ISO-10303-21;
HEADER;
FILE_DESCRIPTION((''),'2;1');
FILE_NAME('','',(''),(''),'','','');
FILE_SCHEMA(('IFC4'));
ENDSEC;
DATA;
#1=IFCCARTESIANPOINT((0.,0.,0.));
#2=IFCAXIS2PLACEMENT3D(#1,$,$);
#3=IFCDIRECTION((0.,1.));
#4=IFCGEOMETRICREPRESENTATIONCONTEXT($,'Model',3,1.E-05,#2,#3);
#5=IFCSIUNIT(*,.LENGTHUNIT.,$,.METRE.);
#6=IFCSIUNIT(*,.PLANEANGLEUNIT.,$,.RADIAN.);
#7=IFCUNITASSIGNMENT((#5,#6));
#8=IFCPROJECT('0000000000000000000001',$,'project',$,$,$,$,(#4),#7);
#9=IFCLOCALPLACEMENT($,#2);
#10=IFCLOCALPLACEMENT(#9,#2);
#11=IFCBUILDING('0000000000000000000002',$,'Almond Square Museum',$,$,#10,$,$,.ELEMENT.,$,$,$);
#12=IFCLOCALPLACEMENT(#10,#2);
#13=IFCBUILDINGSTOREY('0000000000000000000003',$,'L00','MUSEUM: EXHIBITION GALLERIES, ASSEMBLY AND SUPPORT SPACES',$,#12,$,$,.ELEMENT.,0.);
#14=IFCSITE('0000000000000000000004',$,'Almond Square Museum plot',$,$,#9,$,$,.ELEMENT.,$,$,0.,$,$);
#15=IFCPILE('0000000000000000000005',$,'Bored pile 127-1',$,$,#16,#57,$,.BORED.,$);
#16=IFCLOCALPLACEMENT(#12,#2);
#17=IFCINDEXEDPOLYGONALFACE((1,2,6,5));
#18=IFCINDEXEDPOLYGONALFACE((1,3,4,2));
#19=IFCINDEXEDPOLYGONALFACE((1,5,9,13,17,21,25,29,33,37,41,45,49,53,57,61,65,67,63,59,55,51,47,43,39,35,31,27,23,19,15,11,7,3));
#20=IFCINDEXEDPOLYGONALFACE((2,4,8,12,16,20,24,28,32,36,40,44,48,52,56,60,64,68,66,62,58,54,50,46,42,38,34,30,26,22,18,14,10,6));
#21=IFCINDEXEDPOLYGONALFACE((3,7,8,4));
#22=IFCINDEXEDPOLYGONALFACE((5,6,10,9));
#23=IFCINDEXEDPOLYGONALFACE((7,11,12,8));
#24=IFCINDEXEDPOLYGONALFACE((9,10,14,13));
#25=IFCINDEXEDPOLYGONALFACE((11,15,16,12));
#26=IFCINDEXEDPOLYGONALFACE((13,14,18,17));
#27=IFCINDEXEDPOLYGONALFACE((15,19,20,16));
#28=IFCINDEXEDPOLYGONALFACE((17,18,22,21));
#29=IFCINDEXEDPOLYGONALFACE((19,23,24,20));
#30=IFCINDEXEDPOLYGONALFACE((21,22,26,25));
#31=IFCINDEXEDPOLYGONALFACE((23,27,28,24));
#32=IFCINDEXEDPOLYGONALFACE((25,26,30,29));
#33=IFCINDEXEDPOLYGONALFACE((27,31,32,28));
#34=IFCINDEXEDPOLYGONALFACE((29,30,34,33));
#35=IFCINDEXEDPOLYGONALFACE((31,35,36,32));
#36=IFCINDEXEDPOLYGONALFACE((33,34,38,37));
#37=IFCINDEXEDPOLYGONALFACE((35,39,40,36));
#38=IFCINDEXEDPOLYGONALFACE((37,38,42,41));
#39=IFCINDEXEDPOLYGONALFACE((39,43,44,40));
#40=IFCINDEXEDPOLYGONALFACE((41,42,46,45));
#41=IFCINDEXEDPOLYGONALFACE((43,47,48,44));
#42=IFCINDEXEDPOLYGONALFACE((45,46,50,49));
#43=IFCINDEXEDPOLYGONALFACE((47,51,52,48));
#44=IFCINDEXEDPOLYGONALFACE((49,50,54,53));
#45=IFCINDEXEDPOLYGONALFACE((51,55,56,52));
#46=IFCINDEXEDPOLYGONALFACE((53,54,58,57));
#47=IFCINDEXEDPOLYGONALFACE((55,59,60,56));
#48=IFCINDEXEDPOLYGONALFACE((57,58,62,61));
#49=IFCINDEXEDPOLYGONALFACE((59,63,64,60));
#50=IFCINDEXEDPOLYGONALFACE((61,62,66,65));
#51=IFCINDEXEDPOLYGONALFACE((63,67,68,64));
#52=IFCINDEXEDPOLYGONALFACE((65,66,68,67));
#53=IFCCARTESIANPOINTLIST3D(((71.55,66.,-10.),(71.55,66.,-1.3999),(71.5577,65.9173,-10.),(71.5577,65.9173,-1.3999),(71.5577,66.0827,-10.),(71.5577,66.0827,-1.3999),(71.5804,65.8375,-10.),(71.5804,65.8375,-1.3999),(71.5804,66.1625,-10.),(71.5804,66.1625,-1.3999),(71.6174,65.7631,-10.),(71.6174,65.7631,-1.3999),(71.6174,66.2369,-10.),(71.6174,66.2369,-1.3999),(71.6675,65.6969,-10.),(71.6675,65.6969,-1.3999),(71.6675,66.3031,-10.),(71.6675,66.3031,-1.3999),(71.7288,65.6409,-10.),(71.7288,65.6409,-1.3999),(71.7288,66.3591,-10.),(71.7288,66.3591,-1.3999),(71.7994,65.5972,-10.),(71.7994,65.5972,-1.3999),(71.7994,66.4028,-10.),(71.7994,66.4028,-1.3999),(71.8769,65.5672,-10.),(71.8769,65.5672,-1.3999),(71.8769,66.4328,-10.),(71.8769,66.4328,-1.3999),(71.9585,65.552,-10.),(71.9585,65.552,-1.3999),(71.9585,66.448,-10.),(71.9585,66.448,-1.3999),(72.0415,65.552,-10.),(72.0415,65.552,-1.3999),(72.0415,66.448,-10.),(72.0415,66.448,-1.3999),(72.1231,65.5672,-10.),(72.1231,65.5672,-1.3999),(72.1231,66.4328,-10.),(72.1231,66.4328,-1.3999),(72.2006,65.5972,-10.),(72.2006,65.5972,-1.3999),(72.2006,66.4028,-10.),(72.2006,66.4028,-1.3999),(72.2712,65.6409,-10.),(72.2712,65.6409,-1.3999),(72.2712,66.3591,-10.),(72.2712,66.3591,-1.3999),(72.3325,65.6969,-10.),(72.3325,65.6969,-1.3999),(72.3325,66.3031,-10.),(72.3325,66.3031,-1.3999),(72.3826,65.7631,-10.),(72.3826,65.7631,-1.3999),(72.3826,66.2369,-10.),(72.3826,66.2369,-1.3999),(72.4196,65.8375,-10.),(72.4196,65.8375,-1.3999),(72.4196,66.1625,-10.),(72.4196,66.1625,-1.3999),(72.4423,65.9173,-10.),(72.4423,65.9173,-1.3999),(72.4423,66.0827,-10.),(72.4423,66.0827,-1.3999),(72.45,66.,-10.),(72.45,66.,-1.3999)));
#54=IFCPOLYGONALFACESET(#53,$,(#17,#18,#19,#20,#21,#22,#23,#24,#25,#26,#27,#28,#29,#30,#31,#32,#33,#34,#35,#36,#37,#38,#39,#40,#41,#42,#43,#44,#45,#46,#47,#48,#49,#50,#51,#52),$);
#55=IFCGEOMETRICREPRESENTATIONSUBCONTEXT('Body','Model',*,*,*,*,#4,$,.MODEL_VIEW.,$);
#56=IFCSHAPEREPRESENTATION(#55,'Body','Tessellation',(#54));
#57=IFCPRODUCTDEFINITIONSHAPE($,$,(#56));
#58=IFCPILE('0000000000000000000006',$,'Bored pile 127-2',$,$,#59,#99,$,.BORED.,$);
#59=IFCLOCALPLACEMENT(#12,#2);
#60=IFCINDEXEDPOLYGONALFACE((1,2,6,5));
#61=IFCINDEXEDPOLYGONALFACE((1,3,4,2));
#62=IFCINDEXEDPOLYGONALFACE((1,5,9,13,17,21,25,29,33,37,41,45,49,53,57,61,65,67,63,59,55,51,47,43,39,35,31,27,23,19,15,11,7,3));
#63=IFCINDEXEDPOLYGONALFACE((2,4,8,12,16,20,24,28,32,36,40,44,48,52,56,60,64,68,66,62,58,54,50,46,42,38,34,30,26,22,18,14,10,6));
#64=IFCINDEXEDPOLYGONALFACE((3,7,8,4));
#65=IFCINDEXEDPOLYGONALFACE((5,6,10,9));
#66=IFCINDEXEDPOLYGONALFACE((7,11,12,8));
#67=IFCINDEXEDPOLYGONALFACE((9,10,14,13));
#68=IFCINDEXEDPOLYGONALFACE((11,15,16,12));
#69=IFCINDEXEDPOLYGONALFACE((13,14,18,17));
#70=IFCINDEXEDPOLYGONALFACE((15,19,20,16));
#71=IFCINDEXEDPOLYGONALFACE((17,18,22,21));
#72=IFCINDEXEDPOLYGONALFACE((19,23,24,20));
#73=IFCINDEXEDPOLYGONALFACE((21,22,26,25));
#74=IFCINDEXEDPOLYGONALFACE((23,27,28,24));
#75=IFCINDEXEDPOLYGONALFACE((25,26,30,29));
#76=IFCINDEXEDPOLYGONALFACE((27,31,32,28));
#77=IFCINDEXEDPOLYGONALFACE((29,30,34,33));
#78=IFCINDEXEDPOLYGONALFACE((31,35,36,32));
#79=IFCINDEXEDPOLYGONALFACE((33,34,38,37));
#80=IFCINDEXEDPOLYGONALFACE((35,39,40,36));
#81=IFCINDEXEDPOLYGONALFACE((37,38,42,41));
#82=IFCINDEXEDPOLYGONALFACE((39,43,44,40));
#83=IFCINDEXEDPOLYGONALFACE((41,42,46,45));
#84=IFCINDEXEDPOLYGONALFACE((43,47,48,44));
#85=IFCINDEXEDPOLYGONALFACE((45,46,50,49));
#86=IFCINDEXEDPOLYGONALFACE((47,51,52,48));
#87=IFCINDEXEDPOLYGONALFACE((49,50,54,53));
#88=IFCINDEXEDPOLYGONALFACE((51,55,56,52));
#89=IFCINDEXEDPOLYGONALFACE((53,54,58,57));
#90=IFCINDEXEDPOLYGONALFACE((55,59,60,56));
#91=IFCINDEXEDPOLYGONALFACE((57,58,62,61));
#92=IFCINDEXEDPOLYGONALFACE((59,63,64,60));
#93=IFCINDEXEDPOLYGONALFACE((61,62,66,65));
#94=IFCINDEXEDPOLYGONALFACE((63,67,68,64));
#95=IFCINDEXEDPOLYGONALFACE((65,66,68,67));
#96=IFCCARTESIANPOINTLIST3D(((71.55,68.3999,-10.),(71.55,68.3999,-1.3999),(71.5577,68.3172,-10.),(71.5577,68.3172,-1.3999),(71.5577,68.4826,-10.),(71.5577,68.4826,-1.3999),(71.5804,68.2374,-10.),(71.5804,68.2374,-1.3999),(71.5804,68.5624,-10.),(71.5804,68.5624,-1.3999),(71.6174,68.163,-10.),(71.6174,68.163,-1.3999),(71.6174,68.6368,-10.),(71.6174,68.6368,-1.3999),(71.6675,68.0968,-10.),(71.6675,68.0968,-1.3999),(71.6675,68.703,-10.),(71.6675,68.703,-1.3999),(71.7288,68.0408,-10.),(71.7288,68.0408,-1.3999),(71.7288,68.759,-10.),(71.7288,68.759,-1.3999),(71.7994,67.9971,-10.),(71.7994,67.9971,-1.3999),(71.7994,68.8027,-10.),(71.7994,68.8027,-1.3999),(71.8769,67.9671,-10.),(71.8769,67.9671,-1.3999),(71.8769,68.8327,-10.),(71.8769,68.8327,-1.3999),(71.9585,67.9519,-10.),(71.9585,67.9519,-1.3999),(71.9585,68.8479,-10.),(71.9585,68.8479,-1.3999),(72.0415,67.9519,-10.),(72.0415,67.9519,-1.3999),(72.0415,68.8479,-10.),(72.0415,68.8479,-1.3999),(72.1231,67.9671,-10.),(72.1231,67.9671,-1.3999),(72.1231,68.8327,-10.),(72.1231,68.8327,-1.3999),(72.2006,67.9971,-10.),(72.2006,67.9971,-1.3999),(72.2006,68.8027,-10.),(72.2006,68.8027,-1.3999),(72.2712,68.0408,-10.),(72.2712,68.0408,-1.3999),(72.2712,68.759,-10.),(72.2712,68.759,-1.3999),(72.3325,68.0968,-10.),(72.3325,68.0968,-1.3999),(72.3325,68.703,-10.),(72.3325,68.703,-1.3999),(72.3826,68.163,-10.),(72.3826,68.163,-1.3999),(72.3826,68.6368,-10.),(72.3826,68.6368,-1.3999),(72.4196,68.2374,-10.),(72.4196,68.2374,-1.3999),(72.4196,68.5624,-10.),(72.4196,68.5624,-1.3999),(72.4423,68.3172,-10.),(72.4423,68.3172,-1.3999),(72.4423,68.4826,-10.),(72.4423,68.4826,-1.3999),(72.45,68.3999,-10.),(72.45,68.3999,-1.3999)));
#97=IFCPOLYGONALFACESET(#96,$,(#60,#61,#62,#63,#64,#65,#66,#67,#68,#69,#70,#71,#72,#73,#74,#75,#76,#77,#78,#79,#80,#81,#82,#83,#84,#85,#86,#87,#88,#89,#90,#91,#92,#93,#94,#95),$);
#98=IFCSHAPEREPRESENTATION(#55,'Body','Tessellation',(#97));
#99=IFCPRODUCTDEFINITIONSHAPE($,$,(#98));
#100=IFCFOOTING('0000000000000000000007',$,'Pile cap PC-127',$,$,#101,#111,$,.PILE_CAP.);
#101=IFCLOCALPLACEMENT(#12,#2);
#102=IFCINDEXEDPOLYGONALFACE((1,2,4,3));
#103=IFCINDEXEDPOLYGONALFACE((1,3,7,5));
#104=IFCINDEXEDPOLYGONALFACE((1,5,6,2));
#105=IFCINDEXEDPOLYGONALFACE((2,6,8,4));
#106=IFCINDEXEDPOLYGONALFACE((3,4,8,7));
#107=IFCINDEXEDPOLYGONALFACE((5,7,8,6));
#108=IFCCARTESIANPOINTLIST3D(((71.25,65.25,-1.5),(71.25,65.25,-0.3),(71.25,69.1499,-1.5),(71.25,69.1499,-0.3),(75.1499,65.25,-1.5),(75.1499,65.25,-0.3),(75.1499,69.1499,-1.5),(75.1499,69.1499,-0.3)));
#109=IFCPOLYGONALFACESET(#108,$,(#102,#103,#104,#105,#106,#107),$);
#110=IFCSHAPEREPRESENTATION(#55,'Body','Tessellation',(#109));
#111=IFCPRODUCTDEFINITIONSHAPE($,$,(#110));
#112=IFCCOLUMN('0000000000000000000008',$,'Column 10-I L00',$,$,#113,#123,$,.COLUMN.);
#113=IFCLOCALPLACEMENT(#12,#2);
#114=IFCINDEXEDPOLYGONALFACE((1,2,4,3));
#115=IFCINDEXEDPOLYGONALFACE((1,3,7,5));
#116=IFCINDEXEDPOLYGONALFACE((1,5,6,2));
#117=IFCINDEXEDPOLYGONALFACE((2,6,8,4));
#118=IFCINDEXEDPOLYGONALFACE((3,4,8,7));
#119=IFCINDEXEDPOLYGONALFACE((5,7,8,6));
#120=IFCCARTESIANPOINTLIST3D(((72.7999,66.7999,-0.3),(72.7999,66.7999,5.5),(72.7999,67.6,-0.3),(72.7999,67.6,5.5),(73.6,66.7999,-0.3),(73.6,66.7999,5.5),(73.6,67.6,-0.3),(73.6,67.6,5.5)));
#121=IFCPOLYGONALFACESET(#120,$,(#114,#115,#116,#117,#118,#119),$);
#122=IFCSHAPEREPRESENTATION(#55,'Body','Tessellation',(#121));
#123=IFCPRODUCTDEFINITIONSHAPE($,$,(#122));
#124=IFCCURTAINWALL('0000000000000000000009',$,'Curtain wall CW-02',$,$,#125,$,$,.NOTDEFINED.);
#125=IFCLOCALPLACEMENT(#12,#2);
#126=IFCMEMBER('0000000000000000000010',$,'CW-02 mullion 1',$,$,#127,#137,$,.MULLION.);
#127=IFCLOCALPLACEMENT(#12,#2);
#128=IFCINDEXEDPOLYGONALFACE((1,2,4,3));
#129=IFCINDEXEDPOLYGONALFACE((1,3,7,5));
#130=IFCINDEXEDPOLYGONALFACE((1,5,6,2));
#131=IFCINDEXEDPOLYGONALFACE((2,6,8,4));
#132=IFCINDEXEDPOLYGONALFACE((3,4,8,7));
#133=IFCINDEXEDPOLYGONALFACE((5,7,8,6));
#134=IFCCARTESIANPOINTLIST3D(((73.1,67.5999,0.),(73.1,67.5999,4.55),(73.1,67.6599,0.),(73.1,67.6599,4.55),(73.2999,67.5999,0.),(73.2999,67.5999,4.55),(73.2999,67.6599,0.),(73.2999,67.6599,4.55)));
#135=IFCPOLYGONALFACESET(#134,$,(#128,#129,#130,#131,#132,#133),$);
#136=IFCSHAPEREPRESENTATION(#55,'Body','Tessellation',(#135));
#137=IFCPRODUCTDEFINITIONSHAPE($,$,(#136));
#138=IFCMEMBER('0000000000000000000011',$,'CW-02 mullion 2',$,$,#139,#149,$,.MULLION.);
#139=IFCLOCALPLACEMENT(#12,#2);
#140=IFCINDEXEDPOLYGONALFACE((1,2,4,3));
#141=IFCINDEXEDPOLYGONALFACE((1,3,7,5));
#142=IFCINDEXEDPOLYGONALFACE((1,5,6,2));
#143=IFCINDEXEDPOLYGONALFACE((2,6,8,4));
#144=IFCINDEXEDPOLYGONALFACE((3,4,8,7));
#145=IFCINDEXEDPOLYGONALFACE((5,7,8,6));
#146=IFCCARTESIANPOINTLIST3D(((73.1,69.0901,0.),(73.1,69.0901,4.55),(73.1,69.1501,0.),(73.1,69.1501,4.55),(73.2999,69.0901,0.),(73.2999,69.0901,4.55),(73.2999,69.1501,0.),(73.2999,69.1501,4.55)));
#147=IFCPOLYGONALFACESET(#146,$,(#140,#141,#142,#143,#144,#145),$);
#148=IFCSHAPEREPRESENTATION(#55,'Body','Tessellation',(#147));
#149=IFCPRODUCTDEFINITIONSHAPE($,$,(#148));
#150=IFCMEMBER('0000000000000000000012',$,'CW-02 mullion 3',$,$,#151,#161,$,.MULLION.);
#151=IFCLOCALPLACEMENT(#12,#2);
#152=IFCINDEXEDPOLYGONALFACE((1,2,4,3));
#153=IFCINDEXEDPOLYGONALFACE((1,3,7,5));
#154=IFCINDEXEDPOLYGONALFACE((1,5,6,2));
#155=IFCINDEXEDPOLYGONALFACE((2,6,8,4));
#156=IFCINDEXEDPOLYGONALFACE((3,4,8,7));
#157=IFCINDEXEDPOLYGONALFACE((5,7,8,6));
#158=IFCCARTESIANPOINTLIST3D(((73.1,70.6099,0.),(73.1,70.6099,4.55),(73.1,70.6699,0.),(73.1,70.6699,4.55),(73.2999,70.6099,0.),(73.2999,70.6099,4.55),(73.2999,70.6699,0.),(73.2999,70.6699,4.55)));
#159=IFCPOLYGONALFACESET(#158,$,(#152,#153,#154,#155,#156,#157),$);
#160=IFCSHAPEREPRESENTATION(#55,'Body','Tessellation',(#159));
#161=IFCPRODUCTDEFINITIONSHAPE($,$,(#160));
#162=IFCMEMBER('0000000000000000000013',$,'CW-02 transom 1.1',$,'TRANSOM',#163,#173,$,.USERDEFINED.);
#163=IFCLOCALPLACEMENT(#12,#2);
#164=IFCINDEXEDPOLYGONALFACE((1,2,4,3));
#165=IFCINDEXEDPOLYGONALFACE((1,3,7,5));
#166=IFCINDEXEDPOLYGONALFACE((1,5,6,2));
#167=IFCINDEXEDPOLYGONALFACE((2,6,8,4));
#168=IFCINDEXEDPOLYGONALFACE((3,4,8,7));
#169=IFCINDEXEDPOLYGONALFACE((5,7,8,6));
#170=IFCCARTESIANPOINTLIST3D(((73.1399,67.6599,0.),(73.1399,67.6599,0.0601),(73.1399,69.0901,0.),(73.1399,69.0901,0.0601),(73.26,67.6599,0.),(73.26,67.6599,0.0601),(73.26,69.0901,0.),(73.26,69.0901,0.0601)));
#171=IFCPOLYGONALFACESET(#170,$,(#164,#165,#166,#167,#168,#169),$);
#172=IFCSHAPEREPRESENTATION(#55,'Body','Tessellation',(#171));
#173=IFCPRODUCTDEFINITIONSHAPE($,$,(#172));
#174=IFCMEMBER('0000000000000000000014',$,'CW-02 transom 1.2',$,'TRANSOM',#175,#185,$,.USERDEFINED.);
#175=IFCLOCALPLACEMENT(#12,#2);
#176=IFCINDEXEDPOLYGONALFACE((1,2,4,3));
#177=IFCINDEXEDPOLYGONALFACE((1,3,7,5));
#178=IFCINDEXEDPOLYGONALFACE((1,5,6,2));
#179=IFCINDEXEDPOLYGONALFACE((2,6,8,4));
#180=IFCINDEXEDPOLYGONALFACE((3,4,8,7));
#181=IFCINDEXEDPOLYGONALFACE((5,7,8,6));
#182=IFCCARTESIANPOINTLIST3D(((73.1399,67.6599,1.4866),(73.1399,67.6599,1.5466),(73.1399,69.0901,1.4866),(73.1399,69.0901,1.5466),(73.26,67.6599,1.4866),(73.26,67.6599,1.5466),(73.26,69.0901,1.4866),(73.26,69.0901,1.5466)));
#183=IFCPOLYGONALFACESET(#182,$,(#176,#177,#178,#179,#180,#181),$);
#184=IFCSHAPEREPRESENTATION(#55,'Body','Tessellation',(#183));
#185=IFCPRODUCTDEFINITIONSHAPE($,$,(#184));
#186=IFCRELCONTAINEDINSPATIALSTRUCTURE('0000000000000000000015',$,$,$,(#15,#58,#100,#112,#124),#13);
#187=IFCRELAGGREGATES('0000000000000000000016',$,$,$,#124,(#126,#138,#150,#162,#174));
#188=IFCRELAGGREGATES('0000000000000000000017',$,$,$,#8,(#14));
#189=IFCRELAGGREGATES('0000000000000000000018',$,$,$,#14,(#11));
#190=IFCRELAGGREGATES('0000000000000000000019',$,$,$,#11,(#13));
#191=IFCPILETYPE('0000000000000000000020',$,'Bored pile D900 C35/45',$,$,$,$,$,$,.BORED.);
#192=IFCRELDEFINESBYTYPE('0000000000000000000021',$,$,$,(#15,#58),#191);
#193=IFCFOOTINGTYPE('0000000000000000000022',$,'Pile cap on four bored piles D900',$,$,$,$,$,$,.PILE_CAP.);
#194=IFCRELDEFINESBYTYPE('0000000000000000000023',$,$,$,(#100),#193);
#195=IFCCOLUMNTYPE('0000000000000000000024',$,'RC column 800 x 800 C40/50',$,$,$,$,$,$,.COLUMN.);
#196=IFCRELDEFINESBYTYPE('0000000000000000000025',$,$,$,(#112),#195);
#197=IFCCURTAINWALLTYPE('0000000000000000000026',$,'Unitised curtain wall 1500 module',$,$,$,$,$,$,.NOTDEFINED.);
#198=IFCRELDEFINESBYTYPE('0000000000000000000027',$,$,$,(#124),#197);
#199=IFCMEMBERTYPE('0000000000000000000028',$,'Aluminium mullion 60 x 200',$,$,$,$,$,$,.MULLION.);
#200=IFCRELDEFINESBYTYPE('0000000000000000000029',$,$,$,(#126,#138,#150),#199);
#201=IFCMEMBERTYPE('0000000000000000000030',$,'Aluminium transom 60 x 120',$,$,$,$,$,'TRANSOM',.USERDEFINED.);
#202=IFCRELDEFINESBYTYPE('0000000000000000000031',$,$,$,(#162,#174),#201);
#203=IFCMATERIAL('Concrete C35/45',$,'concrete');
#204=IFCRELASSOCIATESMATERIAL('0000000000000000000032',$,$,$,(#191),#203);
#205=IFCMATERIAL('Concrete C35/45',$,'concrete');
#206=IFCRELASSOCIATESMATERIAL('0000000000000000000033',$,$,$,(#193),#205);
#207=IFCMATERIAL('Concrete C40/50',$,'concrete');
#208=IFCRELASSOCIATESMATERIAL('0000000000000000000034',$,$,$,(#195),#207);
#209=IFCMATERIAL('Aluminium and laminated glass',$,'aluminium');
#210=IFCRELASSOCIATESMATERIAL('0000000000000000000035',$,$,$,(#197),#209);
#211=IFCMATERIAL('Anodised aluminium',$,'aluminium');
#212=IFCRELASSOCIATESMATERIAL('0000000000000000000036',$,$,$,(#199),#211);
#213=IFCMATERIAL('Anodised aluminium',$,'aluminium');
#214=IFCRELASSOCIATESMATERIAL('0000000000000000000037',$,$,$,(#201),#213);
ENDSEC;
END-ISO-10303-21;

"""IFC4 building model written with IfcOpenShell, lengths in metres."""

from ifc_helpers import new_model, si_unit, direction, frame, origin, origin_2d, place, context, subcontext, project, spatial, rectangle, circle, extrude, material, material_profile, profile_set, type_object, element, aggregate, save


model = new_model("IFC4")

# Units and contexts
model_context = context("Model", 3, precision=1e-05, world=origin(), true_north=direction((0.0, 1.0)))
body_context = subcontext(model_context, "Body", "Model", "MODEL_VIEW")
ifc_project = project(units=[si_unit("LENGTHUNIT", "METRE"), si_unit("PLANEANGLEUNIT", "RADIAN")], contexts=[model_context])

# Site, building, storey
site_placement = place(None, origin())
site = spatial("IfcSite", under=ifc_project, at=site_placement, Name="Almond Square Museum plot", CompositionType="ELEMENT", RefElevation=0.0)
building_placement = place(site_placement, origin())
building = spatial("IfcBuilding", under=site, at=building_placement, Name="Almond Square Museum", CompositionType="ELEMENT")
storey_placement = place(building_placement, origin())
storey = spatial("IfcBuildingStorey", under=building, at=storey_placement, Name="L00", Description="MUSEUM: EXHIBITION GALLERIES, ASSEMBLY AND SUPPORT SPACES", CompositionType="ELEMENT", Elevation=0.0)

# Piles
ifc_material_1 = material(Name="Concrete C35/45", Category="concrete")
ifc_material_profile_1 = material_profile(ifc_material_1, circle(Radius=0.45, at=origin_2d()))
ifc_profile_set_1 = profile_set([ifc_material_profile_1], Name="Concrete C35/45")
pile_type = type_object("IfcPileType", Name="Bored pile D900 C35/45", PredefinedType="BORED", material=ifc_profile_set_1)
for number, where, z_axis, x_axis, name in (
    (1, (72.0, 66.0, -1.3999), (0.0, 0.0, -1.0), (1.0, 0.0, 0.0), "Bored pile 127-1"),
    (2, (72.0, 68.3999, -1.3999), (0.0, 0.0, -1.0), (1.0, 0.0, 0.0), "Bored pile 127-2"),
):
    element("IfcPile", number, at=place(storey_placement, frame(where, z_axis=z_axis, x_axis=x_axis)), inside=storey, type_object=pile_type, Name=name, PredefinedType="BORED", context=body_context, shape_type="SweptSolid", body=[
        extrude(circle(Radius=0.45, at=origin_2d()), origin(), (0.0, 0.0, 1.0), 8.6001),
    ])

# Footing
ifc_material_2 = material(Name="Concrete C35/45", Category="concrete")
footing_type = type_object("IfcFootingType", Name="Pile cap on four bored piles D900", PredefinedType="PILE_CAP", material=ifc_material_2)
footing_placement = place(storey_placement, frame((73.2, 67.2, -1.5), z_axis=(0.0, 0.0, 1.0), x_axis=(1.0, 0.0, 0.0)))
element("IfcFooting", 3, at=footing_placement, inside=storey, type_object=footing_type, Name="Pile cap PC-127", PredefinedType="PILE_CAP", context=body_context, shape_type="SweptSolid", body=[
    extrude(rectangle(XDim=3.8999, YDim=3.8999, at=origin_2d()), origin(), (0.0, 0.0, 1.0), 1.2),
])

# Column
ifc_material_3 = material(Name="Concrete C40/50", Category="concrete")
ifc_material_profile_2 = material_profile(ifc_material_3, rectangle(XDim=0.8, YDim=0.8, at=origin_2d()))
ifc_profile_set_2 = profile_set([ifc_material_profile_2], Name="Concrete C40/50")
column_type = type_object("IfcColumnType", Name="RC column 800 x 800 C40/50", PredefinedType="COLUMN", material=ifc_profile_set_2)
column_placement = place(storey_placement, frame((73.2, 67.2, -0.3), z_axis=(0.0, 0.0, 1.0), x_axis=(1.0, 0.0, 0.0)))
element("IfcColumn", 4, at=column_placement, inside=storey, type_object=column_type, Name="Column 10-I L00", PredefinedType="COLUMN", context=body_context, shape_type="SweptSolid", body=[
    extrude(rectangle(XDim=0.8, YDim=0.8, at=origin_2d()), origin(), (0.0, 0.0, 1.0), 5.8),
])

# Curtain wall, members
ifc_material_4 = material(Name="Aluminium and laminated glass", Category="aluminium")
curtain_wall_type = type_object("IfcCurtainWallType", Name="Unitised curtain wall 1500 module", PredefinedType="NOTDEFINED", material=ifc_material_4)
curtain_wall_placement = place(storey_placement, origin())
curtain_wall = element("IfcCurtainWall", 5, at=curtain_wall_placement, inside=storey, type_object=curtain_wall_type, Name="Curtain wall CW-02", PredefinedType="NOTDEFINED")
ifc_material_5 = material(Name="Anodised aluminium", Category="aluminium")
ifc_material_profile_3 = material_profile(ifc_material_5, rectangle(XDim=0.2, YDim=0.0601, at=origin_2d()))
ifc_profile_set_3 = profile_set([ifc_material_profile_3], Name="Anodised aluminium")
member_type_1 = type_object("IfcMemberType", Name="Aluminium mullion 60 x 200", PredefinedType="MULLION", material=ifc_profile_set_3)
member_1_placement = place(storey_placement, frame((73.2, 67.6299, 0.0), z_axis=(0.0, 0.0, 1.0), x_axis=(-1.0, 0.0, 0.0)))
member_1 = element("IfcMember", 6, at=member_1_placement, type_object=member_type_1, Name="CW-02 mullion 1", PredefinedType="MULLION", context=body_context, shape_type="SweptSolid", body=[
    extrude(rectangle(XDim=0.2, YDim=0.0601, at=origin_2d()), origin(), (0.0, 0.0, 1.0), 4.55),
])
member_2_placement = place(storey_placement, frame((73.2, 69.1201, 0.0), z_axis=(0.0, 0.0, 1.0), x_axis=(-1.0, 0.0, 0.0)))
member_2 = element("IfcMember", 7, at=member_2_placement, type_object=member_type_1, Name="CW-02 mullion 2", PredefinedType="MULLION", context=body_context, shape_type="SweptSolid", body=[
    extrude(rectangle(XDim=0.2, YDim=0.0601, at=origin_2d()), origin(), (0.0, 0.0, 1.0), 4.55),
])
member_3_placement = place(storey_placement, frame((73.2, 70.6399, 0.0), z_axis=(0.0, 0.0, 1.0), x_axis=(-1.0, 0.0, 0.0)))
member_3 = element("IfcMember", 8, at=member_3_placement, type_object=member_type_1, Name="CW-02 mullion 3", PredefinedType="MULLION", context=body_context, shape_type="SweptSolid", body=[
    extrude(rectangle(XDim=0.2, YDim=0.0601, at=origin_2d()), origin(), (0.0, 0.0, 1.0), 4.55),
])
ifc_material_6 = material(Name="Anodised aluminium", Category="aluminium")
ifc_material_profile_4 = material_profile(ifc_material_6, rectangle(XDim=0.1201, YDim=0.0601, at=origin_2d()))
ifc_profile_set_4 = profile_set([ifc_material_profile_4], Name="Anodised aluminium")
member_type_2 = type_object("IfcMemberType", Name="Aluminium transom 60 x 120", ElementType="TRANSOM", PredefinedType="USERDEFINED", material=ifc_profile_set_4)
member_4_placement = place(storey_placement, frame((73.2, 67.6599, 0.03), z_axis=(0.0, 1.0, 0.0), x_axis=(-1.0, 0.0, 0.0)))
member_4 = element("IfcMember", 9, at=member_4_placement, type_object=member_type_2, Name="CW-02 transom 1.1", ObjectType="TRANSOM", PredefinedType="USERDEFINED", context=body_context, shape_type="SweptSolid", body=[
    extrude(rectangle(XDim=0.1201, YDim=0.0601, at=origin_2d()), origin(), (0.0, 0.0, 1.0), 1.4302),
])
member_5_placement = place(storey_placement, frame((73.2, 67.6599, 1.5166), z_axis=(0.0, 1.0, 0.0), x_axis=(-1.0, 0.0, 0.0)))
member_5 = element("IfcMember", 10, at=member_5_placement, type_object=member_type_2, Name="CW-02 transom 1.2", ObjectType="TRANSOM", PredefinedType="USERDEFINED", context=body_context, shape_type="SweptSolid", body=[
    extrude(rectangle(XDim=0.1201, YDim=0.0601, at=origin_2d()), origin(), (0.0, 0.0, 1.0), 1.4302),
])

aggregate(curtain_wall, [member_1, member_2, member_3, member_4, member_5])

save(model, "model.ifc")
